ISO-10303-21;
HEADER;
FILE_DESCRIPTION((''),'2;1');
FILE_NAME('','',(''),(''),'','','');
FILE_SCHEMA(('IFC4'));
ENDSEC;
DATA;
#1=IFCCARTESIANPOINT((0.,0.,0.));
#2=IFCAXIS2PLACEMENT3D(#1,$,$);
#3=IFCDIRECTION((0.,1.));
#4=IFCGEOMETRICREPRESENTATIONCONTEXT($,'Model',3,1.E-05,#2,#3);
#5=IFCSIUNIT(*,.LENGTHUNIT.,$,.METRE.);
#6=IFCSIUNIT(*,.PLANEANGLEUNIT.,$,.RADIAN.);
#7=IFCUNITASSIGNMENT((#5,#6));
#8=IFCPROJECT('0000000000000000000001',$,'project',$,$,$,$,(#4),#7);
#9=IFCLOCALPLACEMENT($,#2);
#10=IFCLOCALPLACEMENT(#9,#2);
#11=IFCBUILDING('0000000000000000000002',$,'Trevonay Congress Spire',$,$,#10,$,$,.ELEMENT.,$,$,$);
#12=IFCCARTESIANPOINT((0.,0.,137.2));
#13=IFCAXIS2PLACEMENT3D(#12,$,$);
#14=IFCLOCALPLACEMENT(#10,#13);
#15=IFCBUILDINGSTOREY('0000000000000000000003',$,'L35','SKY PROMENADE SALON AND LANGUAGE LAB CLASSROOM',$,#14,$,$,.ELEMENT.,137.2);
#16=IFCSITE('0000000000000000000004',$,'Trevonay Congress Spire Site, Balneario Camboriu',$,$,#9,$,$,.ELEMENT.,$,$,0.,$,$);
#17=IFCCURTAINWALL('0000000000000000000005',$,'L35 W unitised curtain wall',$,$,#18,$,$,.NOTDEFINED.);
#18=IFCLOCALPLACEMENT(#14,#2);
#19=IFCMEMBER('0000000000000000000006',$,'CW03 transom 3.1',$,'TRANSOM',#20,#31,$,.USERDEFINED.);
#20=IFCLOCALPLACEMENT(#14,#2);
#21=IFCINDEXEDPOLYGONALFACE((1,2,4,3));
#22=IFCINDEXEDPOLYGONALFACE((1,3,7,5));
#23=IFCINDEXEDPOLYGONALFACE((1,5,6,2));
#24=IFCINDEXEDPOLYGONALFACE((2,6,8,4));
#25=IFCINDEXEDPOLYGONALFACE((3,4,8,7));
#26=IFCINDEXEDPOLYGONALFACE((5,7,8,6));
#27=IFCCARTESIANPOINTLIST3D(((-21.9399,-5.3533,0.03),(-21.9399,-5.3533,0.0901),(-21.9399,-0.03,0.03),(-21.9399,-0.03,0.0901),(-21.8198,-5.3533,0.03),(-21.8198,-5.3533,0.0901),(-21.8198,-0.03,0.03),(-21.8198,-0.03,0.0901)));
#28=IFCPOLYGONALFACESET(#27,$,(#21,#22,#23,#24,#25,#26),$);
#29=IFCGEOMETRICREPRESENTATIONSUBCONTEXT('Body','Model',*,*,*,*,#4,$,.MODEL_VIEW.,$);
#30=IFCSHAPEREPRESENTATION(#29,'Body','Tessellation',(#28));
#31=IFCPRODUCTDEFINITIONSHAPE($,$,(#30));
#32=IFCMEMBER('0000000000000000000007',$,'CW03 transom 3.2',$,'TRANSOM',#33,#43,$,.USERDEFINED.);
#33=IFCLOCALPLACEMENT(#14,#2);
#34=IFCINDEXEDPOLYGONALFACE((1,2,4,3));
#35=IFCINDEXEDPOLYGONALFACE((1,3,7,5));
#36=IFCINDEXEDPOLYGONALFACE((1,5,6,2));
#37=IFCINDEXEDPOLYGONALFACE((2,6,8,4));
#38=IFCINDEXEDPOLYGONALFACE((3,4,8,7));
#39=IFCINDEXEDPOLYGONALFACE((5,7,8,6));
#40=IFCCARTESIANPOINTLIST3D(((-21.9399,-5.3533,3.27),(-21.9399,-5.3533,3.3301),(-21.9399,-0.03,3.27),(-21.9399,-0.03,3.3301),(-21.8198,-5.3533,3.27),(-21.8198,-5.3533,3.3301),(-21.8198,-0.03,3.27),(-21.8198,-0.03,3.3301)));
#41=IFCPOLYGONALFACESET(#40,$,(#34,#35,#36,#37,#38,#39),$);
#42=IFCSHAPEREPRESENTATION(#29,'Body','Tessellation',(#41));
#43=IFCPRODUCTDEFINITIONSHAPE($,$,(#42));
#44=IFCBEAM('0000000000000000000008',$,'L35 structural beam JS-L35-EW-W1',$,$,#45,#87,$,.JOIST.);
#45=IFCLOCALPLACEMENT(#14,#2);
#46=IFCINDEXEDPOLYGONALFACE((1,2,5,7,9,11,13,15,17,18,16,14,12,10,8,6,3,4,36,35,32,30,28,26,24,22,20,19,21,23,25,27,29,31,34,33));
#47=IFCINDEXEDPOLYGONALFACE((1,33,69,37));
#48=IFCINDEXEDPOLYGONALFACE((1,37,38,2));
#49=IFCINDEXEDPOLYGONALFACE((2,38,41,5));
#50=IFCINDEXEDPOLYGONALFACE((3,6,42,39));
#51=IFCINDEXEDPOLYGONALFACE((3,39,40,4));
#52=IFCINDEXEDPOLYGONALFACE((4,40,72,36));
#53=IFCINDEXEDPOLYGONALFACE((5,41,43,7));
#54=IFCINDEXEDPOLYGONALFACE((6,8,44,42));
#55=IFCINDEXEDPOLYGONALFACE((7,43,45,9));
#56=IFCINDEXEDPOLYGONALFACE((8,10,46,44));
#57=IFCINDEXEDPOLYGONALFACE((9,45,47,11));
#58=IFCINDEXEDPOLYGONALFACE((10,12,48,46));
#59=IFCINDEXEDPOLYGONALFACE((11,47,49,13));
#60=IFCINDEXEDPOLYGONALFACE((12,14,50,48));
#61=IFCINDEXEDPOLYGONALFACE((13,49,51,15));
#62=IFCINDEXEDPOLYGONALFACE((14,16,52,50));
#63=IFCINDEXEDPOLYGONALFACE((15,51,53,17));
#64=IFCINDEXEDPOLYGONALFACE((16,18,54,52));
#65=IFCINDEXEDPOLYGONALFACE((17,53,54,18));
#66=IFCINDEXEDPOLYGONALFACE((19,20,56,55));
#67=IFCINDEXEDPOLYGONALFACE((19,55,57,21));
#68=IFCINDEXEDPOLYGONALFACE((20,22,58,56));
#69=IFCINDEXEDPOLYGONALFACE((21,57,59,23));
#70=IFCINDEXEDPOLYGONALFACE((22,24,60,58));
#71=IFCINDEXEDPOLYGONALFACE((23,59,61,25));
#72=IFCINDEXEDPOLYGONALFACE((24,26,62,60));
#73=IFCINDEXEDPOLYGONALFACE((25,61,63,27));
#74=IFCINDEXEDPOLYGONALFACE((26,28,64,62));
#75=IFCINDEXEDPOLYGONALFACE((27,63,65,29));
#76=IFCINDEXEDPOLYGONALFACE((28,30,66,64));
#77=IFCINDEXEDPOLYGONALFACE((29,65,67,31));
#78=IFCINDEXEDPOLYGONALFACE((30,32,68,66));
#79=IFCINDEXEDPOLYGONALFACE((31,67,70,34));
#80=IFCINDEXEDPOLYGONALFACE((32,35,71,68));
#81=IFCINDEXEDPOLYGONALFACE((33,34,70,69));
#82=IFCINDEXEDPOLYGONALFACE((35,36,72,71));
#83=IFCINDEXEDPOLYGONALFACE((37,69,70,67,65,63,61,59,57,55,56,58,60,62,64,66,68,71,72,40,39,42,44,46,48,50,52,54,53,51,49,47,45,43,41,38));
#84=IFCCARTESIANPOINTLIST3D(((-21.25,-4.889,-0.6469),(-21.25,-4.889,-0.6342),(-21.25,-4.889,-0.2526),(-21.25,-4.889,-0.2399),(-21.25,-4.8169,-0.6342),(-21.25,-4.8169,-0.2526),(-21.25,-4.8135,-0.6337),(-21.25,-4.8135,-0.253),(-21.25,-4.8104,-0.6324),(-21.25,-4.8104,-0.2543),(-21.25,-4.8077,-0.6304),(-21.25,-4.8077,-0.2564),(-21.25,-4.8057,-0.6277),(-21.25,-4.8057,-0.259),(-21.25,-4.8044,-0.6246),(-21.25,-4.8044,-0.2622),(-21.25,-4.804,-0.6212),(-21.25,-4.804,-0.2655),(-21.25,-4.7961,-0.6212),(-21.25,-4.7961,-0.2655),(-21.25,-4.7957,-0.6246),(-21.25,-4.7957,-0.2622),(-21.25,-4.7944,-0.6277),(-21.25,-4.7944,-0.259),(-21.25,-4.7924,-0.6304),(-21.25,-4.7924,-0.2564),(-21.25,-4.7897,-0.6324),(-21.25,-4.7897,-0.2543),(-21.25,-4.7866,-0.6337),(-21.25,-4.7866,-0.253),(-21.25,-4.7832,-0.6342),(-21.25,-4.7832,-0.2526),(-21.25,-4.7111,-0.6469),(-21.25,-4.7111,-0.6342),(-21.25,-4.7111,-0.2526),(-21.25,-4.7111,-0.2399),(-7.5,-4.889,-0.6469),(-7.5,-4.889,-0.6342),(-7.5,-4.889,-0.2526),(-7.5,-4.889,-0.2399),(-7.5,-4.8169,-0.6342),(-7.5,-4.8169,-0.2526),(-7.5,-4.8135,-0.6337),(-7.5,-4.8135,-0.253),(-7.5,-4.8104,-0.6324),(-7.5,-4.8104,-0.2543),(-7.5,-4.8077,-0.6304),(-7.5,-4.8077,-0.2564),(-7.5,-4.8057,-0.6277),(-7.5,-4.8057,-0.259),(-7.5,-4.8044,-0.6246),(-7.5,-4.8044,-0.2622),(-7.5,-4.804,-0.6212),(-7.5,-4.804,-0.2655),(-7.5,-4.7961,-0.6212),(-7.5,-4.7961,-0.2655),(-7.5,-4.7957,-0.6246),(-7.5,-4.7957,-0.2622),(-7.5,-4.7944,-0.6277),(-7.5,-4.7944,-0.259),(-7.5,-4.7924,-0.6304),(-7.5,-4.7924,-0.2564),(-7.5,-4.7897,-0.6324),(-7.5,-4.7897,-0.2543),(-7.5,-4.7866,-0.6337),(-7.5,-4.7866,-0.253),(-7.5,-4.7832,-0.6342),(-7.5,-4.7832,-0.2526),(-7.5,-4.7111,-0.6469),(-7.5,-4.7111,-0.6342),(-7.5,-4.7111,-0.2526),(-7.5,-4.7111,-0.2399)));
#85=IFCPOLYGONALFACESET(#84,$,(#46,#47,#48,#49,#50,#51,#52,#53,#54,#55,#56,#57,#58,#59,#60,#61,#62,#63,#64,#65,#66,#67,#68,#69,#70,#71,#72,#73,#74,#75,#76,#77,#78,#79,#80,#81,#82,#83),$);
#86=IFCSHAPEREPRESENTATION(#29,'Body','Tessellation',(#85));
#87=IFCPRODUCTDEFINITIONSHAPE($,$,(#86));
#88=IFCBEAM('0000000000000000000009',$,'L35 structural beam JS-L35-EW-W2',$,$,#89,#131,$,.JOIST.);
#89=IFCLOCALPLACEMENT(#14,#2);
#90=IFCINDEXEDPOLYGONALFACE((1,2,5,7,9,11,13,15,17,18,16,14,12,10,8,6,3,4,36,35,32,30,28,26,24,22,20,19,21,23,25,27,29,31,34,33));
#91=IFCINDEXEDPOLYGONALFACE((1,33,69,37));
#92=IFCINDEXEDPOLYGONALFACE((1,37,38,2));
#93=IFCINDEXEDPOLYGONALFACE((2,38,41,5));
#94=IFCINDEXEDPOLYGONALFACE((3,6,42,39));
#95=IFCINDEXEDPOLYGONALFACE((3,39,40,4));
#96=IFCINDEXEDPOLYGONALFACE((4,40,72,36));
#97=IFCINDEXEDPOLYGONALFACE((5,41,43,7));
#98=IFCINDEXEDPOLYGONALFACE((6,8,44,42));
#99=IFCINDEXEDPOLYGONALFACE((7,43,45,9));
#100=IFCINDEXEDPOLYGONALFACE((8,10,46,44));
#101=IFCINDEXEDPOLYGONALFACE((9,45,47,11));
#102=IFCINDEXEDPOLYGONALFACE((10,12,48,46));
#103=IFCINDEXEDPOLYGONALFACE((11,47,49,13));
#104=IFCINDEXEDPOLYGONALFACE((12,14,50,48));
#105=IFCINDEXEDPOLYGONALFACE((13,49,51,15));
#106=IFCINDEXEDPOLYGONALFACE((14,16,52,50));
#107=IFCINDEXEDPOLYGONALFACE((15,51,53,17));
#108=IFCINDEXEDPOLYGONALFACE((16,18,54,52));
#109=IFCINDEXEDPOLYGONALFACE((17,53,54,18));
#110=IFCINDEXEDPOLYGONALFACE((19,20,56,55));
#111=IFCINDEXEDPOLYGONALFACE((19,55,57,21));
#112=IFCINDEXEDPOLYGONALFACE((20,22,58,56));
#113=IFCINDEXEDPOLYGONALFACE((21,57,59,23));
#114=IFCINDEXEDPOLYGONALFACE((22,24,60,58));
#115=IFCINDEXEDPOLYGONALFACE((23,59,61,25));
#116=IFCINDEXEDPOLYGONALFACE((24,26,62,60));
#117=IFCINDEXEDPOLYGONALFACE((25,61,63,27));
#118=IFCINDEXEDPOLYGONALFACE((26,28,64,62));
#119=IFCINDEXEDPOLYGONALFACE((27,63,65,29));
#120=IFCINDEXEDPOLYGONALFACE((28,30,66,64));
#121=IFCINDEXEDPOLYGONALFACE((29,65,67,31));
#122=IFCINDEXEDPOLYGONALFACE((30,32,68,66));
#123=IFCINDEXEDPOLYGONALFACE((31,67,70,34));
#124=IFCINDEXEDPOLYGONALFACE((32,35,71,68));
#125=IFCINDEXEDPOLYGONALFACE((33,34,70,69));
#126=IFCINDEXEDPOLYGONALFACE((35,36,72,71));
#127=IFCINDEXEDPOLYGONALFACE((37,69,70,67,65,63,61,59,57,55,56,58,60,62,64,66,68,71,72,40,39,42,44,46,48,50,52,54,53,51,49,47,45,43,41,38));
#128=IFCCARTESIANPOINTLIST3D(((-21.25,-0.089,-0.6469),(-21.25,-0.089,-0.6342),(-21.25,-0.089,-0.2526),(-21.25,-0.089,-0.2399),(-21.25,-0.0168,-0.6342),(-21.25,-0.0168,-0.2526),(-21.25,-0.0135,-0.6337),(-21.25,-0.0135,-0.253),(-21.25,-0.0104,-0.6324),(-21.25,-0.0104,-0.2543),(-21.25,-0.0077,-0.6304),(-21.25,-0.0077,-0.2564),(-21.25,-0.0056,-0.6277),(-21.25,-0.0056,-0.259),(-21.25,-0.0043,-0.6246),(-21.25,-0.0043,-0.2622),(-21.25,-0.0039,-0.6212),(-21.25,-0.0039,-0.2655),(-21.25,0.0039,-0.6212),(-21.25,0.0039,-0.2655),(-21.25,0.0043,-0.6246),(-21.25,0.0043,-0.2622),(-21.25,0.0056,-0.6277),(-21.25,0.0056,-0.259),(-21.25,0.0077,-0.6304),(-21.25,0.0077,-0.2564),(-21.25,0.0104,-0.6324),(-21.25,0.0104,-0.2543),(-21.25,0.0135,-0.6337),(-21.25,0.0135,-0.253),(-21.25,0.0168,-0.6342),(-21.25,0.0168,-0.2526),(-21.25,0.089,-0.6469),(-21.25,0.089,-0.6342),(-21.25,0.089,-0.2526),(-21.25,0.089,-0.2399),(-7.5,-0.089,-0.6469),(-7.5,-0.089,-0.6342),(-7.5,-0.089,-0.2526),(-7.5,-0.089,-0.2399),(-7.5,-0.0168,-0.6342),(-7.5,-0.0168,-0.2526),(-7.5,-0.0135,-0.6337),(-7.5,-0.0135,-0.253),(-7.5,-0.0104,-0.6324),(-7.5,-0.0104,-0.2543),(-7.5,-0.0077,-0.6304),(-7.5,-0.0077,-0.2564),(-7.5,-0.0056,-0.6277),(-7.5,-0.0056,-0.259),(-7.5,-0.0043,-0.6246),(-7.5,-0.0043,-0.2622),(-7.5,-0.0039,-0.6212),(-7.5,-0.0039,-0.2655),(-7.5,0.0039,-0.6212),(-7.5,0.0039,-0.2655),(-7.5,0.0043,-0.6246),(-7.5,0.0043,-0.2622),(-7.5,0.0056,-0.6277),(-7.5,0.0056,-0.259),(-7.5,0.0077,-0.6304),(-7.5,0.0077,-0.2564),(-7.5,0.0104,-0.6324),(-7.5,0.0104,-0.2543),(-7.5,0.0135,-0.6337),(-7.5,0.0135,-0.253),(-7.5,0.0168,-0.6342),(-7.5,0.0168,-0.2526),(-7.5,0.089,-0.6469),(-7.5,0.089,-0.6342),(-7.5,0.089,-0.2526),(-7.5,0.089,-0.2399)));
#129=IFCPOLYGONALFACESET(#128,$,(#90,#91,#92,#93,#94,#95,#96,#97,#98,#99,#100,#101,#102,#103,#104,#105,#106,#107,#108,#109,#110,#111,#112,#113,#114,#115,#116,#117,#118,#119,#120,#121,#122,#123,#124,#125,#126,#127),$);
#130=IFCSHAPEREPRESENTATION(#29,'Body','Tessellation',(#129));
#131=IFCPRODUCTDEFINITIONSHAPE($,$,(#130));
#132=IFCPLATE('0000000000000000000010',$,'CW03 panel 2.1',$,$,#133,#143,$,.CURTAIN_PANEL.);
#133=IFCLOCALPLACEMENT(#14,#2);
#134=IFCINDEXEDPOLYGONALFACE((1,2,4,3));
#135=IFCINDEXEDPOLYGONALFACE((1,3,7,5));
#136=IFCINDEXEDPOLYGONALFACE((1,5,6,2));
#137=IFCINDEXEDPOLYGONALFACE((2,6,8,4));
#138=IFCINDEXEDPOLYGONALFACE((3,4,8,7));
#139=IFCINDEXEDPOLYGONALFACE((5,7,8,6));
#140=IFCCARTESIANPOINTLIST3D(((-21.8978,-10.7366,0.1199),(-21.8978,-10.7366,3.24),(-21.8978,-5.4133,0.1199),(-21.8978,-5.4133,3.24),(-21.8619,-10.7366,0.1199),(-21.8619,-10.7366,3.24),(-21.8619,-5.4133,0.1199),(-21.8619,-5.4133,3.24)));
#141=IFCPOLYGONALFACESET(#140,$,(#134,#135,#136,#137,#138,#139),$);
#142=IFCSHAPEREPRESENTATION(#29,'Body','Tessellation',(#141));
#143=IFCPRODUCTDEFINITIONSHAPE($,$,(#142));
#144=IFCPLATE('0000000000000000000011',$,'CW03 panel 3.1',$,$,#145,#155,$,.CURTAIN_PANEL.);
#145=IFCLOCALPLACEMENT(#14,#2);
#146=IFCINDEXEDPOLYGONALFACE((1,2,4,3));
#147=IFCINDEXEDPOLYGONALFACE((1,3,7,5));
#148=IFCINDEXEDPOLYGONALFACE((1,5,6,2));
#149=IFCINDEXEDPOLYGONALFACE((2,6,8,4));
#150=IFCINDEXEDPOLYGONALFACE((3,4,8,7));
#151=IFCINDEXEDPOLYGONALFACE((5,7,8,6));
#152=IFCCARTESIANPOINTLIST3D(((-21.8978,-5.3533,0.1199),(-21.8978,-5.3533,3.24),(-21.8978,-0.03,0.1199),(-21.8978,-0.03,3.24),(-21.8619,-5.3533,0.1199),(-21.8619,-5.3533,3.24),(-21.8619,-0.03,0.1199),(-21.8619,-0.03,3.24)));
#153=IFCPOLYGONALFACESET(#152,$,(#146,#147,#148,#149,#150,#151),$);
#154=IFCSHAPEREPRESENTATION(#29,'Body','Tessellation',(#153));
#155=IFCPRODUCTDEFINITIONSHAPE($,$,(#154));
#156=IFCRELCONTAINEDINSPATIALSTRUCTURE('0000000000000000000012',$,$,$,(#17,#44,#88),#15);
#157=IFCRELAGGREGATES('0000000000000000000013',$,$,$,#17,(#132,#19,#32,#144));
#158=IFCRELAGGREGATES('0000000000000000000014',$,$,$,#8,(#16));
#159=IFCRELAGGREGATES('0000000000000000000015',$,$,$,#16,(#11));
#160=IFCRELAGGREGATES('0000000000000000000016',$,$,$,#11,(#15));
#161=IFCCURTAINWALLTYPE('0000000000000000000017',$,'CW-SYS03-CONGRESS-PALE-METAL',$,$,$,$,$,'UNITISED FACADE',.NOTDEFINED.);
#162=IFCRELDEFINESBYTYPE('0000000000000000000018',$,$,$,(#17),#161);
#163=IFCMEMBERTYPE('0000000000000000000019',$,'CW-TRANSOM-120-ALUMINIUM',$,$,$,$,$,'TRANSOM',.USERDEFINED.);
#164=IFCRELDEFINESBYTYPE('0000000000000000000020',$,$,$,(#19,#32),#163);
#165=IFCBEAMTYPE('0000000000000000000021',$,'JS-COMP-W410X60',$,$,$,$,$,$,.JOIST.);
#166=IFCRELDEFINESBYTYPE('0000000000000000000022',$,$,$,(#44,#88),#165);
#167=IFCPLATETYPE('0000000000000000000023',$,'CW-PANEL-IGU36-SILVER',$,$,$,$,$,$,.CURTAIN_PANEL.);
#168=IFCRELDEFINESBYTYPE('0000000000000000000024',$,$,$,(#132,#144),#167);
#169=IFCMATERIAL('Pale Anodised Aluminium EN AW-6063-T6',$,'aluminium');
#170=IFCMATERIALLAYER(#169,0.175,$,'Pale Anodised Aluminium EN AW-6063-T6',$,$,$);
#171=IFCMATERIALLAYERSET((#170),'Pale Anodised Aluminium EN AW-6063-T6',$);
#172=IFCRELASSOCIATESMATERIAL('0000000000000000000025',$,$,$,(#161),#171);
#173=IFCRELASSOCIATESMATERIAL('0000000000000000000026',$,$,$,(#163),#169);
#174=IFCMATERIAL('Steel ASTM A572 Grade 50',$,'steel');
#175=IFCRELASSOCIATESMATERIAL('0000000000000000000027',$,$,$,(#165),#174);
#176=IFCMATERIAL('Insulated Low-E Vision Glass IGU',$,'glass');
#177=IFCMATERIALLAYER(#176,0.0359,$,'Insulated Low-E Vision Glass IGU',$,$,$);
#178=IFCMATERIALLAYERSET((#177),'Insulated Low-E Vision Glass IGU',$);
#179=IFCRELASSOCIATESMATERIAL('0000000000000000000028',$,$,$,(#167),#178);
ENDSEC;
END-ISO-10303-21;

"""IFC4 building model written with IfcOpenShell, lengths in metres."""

from ifc_helpers import new_model, si_unit, direction, frame, origin, origin_2d, place, context, subcontext, project, spatial, rectangle, i_section, extrude, material, layer, layer_set, material_profile, profile_set, type_object, element, aggregate, save


model = new_model("IFC4")

# Units and contexts
model_context = context("Model", 3, precision=1e-05, world=origin(), true_north=direction((0.0, 1.0)))
body_context = subcontext(model_context, "Body", "Model", "MODEL_VIEW")
ifc_project = project(units=[si_unit("LENGTHUNIT", "METRE"), si_unit("PLANEANGLEUNIT", "RADIAN")], contexts=[model_context])

# Site, building, storey
site_placement = place(None, origin())
site = spatial("IfcSite", under=ifc_project, at=site_placement, Name="Trevonay Congress Spire Site, Balneario Camboriu", CompositionType="ELEMENT", RefElevation=0.0)
building_placement = place(site_placement, origin())
building = spatial("IfcBuilding", under=site, at=building_placement, Name="Trevonay Congress Spire", CompositionType="ELEMENT")
storey_placement = place(building_placement, frame((0.0, 0.0, 137.2)))
storey = spatial("IfcBuildingStorey", under=building, at=storey_placement, Name="L35", Description="SKY PROMENADE SALON AND LANGUAGE LAB CLASSROOM", CompositionType="ELEMENT", Elevation=137.2)

# Shared definitions
ifc_material_1 = material(Name="Steel ASTM A572 Grade 50", Category="steel")

# Curtain wall, members
ifc_material_2 = material(Name="Pale Anodised Aluminium EN AW-6063-T6", Category="aluminium")
ifc_layer_1 = layer(ifc_material_2, 0.175, Name="Pale Anodised Aluminium EN AW-6063-T6")
ifc_layer_set_1 = layer_set([ifc_layer_1], Name="Pale Anodised Aluminium EN AW-6063-T6")
curtain_wall_type = type_object("IfcCurtainWallType", Name="CW-SYS03-CONGRESS-PALE-METAL", ElementType="UNITISED FACADE", PredefinedType="NOTDEFINED", material=ifc_layer_set_1)
curtain_wall_placement = place(storey_placement, origin())
curtain_wall = element("IfcCurtainWall", 1, at=curtain_wall_placement, inside=storey, type_object=curtain_wall_type, Name="L35 W unitised curtain wall", PredefinedType="NOTDEFINED")
ifc_material_profile_1 = material_profile(ifc_material_2, rectangle(XDim=0.1201, YDim=0.0601, at=origin_2d()), Name="CW-TRANSOM-120-ALUMINIUM")
ifc_profile_set_1 = profile_set([ifc_material_profile_1], Name="Pale Anodised Aluminium EN AW-6063-T6")
member_type_1 = type_object("IfcMemberType", Name="CW-TRANSOM-120-ALUMINIUM", ElementType="TRANSOM", PredefinedType="USERDEFINED", material=ifc_profile_set_1)
member_1_placement = place(storey_placement, frame((-21.8799, -5.3533, 0.0601), z_axis=(0.0, 1.0, 0.0), x_axis=(-1.0, 0.0, 0.0)))
member_1 = element("IfcMember", 2, at=member_1_placement, type_object=member_type_1, Name="CW03 transom 3.1", ObjectType="TRANSOM", PredefinedType="USERDEFINED", context=body_context, shape_type="SweptSolid", body=[
    extrude(rectangle(XDim=0.1201, YDim=0.0601, at=origin_2d()), origin(), (0.0, 0.0, 1.0), 5.3232),
])
member_2_placement = place(storey_placement, frame((-21.8799, -5.3533, 3.3), z_axis=(0.0, 1.0, 0.0), x_axis=(-1.0, 0.0, 0.0)))
member_2 = element("IfcMember", 3, at=member_2_placement, type_object=member_type_1, Name="CW03 transom 3.2", ObjectType="TRANSOM", PredefinedType="USERDEFINED", context=body_context, shape_type="SweptSolid", body=[
    extrude(rectangle(XDim=0.1201, YDim=0.0601, at=origin_2d()), origin(), (0.0, 0.0, 1.0), 5.3232),
])

# Beams
ifc_material_profile_2 = material_profile(ifc_material_1, i_section(OverallWidth=0.178, OverallDepth=0.407, WebThickness=0.0078, FlangeThickness=0.0127, FilletRadius=0.0129, at=origin_2d()), Name="W410x60")
ifc_profile_set_2 = profile_set([ifc_material_profile_2], Name="Steel ASTM A572 Grade 50")
beam_type_1 = type_object("IfcBeamType", Name="JS-COMP-W410X60", PredefinedType="JOIST", material=ifc_profile_set_2)
for number, where, z_axis, x_axis, name in (
    (4, (-21.25, -4.8, -0.4434), (1.0, 0.0, 0.0), (0.0, 1.0, 0.0), "L35 structural beam JS-L35-EW-W1"),
    (5, (-21.25, 0.0, -0.4434), (1.0, 0.0, 0.0), (0.0, 1.0, 0.0), "L35 structural beam JS-L35-EW-W2"),
):
    element("IfcBeam", number, at=place(storey_placement, frame(where, z_axis=z_axis, x_axis=x_axis)), inside=storey, type_object=beam_type_1, Name=name, PredefinedType="JOIST", context=body_context, shape_type="SweptSolid", body=[
        extrude(i_section(OverallWidth=0.178, OverallDepth=0.407, WebThickness=0.0078, FlangeThickness=0.0127, FilletRadius=0.0129, at=origin_2d()), origin(), (0.0, 0.0, 1.0), 13.75),
    ])

# Plates
ifc_material_3 = material(Name="Insulated Low-E Vision Glass IGU", Category="glass")
ifc_layer_2 = layer(ifc_material_3, 0.0359, Name="Insulated Low-E Vision Glass IGU")
ifc_layer_set_2 = layer_set([ifc_layer_2], Name="Insulated Low-E Vision Glass IGU")
plate_type = type_object("IfcPlateType", Name="CW-PANEL-IGU36-SILVER", PredefinedType="CURTAIN_PANEL", material=ifc_layer_set_2)
plate_1_placement = place(storey_placement, frame((-21.8799, -8.075, 0.1199), z_axis=(0.0, 0.0, 1.0), x_axis=(0.0, 1.0, 0.0)))
plate_1 = element("IfcPlate", 6, at=plate_1_placement, type_object=plate_type, Name="CW03 panel 2.1", PredefinedType="CURTAIN_PANEL", context=body_context, shape_type="SweptSolid", body=[
    extrude(rectangle(XDim=5.3232, YDim=0.0359, at=origin_2d()), origin(), (0.0, 0.0, 1.0), 3.1201),
])
plate_2_placement = place(storey_placement, frame((-21.8799, -2.6917, 0.1199), z_axis=(0.0, 0.0, 1.0), x_axis=(0.0, 1.0, 0.0)))
plate_2 = element("IfcPlate", 7, at=plate_2_placement, type_object=plate_type, Name="CW03 panel 3.1", PredefinedType="CURTAIN_PANEL", context=body_context, shape_type="SweptSolid", body=[
    extrude(rectangle(XDim=5.3232, YDim=0.0359, at=origin_2d()), origin(), (0.0, 0.0, 1.0), 3.1201),
])
aggregate(curtain_wall, [plate_1, member_1, member_2, plate_2])

save(model, "model.ifc")
